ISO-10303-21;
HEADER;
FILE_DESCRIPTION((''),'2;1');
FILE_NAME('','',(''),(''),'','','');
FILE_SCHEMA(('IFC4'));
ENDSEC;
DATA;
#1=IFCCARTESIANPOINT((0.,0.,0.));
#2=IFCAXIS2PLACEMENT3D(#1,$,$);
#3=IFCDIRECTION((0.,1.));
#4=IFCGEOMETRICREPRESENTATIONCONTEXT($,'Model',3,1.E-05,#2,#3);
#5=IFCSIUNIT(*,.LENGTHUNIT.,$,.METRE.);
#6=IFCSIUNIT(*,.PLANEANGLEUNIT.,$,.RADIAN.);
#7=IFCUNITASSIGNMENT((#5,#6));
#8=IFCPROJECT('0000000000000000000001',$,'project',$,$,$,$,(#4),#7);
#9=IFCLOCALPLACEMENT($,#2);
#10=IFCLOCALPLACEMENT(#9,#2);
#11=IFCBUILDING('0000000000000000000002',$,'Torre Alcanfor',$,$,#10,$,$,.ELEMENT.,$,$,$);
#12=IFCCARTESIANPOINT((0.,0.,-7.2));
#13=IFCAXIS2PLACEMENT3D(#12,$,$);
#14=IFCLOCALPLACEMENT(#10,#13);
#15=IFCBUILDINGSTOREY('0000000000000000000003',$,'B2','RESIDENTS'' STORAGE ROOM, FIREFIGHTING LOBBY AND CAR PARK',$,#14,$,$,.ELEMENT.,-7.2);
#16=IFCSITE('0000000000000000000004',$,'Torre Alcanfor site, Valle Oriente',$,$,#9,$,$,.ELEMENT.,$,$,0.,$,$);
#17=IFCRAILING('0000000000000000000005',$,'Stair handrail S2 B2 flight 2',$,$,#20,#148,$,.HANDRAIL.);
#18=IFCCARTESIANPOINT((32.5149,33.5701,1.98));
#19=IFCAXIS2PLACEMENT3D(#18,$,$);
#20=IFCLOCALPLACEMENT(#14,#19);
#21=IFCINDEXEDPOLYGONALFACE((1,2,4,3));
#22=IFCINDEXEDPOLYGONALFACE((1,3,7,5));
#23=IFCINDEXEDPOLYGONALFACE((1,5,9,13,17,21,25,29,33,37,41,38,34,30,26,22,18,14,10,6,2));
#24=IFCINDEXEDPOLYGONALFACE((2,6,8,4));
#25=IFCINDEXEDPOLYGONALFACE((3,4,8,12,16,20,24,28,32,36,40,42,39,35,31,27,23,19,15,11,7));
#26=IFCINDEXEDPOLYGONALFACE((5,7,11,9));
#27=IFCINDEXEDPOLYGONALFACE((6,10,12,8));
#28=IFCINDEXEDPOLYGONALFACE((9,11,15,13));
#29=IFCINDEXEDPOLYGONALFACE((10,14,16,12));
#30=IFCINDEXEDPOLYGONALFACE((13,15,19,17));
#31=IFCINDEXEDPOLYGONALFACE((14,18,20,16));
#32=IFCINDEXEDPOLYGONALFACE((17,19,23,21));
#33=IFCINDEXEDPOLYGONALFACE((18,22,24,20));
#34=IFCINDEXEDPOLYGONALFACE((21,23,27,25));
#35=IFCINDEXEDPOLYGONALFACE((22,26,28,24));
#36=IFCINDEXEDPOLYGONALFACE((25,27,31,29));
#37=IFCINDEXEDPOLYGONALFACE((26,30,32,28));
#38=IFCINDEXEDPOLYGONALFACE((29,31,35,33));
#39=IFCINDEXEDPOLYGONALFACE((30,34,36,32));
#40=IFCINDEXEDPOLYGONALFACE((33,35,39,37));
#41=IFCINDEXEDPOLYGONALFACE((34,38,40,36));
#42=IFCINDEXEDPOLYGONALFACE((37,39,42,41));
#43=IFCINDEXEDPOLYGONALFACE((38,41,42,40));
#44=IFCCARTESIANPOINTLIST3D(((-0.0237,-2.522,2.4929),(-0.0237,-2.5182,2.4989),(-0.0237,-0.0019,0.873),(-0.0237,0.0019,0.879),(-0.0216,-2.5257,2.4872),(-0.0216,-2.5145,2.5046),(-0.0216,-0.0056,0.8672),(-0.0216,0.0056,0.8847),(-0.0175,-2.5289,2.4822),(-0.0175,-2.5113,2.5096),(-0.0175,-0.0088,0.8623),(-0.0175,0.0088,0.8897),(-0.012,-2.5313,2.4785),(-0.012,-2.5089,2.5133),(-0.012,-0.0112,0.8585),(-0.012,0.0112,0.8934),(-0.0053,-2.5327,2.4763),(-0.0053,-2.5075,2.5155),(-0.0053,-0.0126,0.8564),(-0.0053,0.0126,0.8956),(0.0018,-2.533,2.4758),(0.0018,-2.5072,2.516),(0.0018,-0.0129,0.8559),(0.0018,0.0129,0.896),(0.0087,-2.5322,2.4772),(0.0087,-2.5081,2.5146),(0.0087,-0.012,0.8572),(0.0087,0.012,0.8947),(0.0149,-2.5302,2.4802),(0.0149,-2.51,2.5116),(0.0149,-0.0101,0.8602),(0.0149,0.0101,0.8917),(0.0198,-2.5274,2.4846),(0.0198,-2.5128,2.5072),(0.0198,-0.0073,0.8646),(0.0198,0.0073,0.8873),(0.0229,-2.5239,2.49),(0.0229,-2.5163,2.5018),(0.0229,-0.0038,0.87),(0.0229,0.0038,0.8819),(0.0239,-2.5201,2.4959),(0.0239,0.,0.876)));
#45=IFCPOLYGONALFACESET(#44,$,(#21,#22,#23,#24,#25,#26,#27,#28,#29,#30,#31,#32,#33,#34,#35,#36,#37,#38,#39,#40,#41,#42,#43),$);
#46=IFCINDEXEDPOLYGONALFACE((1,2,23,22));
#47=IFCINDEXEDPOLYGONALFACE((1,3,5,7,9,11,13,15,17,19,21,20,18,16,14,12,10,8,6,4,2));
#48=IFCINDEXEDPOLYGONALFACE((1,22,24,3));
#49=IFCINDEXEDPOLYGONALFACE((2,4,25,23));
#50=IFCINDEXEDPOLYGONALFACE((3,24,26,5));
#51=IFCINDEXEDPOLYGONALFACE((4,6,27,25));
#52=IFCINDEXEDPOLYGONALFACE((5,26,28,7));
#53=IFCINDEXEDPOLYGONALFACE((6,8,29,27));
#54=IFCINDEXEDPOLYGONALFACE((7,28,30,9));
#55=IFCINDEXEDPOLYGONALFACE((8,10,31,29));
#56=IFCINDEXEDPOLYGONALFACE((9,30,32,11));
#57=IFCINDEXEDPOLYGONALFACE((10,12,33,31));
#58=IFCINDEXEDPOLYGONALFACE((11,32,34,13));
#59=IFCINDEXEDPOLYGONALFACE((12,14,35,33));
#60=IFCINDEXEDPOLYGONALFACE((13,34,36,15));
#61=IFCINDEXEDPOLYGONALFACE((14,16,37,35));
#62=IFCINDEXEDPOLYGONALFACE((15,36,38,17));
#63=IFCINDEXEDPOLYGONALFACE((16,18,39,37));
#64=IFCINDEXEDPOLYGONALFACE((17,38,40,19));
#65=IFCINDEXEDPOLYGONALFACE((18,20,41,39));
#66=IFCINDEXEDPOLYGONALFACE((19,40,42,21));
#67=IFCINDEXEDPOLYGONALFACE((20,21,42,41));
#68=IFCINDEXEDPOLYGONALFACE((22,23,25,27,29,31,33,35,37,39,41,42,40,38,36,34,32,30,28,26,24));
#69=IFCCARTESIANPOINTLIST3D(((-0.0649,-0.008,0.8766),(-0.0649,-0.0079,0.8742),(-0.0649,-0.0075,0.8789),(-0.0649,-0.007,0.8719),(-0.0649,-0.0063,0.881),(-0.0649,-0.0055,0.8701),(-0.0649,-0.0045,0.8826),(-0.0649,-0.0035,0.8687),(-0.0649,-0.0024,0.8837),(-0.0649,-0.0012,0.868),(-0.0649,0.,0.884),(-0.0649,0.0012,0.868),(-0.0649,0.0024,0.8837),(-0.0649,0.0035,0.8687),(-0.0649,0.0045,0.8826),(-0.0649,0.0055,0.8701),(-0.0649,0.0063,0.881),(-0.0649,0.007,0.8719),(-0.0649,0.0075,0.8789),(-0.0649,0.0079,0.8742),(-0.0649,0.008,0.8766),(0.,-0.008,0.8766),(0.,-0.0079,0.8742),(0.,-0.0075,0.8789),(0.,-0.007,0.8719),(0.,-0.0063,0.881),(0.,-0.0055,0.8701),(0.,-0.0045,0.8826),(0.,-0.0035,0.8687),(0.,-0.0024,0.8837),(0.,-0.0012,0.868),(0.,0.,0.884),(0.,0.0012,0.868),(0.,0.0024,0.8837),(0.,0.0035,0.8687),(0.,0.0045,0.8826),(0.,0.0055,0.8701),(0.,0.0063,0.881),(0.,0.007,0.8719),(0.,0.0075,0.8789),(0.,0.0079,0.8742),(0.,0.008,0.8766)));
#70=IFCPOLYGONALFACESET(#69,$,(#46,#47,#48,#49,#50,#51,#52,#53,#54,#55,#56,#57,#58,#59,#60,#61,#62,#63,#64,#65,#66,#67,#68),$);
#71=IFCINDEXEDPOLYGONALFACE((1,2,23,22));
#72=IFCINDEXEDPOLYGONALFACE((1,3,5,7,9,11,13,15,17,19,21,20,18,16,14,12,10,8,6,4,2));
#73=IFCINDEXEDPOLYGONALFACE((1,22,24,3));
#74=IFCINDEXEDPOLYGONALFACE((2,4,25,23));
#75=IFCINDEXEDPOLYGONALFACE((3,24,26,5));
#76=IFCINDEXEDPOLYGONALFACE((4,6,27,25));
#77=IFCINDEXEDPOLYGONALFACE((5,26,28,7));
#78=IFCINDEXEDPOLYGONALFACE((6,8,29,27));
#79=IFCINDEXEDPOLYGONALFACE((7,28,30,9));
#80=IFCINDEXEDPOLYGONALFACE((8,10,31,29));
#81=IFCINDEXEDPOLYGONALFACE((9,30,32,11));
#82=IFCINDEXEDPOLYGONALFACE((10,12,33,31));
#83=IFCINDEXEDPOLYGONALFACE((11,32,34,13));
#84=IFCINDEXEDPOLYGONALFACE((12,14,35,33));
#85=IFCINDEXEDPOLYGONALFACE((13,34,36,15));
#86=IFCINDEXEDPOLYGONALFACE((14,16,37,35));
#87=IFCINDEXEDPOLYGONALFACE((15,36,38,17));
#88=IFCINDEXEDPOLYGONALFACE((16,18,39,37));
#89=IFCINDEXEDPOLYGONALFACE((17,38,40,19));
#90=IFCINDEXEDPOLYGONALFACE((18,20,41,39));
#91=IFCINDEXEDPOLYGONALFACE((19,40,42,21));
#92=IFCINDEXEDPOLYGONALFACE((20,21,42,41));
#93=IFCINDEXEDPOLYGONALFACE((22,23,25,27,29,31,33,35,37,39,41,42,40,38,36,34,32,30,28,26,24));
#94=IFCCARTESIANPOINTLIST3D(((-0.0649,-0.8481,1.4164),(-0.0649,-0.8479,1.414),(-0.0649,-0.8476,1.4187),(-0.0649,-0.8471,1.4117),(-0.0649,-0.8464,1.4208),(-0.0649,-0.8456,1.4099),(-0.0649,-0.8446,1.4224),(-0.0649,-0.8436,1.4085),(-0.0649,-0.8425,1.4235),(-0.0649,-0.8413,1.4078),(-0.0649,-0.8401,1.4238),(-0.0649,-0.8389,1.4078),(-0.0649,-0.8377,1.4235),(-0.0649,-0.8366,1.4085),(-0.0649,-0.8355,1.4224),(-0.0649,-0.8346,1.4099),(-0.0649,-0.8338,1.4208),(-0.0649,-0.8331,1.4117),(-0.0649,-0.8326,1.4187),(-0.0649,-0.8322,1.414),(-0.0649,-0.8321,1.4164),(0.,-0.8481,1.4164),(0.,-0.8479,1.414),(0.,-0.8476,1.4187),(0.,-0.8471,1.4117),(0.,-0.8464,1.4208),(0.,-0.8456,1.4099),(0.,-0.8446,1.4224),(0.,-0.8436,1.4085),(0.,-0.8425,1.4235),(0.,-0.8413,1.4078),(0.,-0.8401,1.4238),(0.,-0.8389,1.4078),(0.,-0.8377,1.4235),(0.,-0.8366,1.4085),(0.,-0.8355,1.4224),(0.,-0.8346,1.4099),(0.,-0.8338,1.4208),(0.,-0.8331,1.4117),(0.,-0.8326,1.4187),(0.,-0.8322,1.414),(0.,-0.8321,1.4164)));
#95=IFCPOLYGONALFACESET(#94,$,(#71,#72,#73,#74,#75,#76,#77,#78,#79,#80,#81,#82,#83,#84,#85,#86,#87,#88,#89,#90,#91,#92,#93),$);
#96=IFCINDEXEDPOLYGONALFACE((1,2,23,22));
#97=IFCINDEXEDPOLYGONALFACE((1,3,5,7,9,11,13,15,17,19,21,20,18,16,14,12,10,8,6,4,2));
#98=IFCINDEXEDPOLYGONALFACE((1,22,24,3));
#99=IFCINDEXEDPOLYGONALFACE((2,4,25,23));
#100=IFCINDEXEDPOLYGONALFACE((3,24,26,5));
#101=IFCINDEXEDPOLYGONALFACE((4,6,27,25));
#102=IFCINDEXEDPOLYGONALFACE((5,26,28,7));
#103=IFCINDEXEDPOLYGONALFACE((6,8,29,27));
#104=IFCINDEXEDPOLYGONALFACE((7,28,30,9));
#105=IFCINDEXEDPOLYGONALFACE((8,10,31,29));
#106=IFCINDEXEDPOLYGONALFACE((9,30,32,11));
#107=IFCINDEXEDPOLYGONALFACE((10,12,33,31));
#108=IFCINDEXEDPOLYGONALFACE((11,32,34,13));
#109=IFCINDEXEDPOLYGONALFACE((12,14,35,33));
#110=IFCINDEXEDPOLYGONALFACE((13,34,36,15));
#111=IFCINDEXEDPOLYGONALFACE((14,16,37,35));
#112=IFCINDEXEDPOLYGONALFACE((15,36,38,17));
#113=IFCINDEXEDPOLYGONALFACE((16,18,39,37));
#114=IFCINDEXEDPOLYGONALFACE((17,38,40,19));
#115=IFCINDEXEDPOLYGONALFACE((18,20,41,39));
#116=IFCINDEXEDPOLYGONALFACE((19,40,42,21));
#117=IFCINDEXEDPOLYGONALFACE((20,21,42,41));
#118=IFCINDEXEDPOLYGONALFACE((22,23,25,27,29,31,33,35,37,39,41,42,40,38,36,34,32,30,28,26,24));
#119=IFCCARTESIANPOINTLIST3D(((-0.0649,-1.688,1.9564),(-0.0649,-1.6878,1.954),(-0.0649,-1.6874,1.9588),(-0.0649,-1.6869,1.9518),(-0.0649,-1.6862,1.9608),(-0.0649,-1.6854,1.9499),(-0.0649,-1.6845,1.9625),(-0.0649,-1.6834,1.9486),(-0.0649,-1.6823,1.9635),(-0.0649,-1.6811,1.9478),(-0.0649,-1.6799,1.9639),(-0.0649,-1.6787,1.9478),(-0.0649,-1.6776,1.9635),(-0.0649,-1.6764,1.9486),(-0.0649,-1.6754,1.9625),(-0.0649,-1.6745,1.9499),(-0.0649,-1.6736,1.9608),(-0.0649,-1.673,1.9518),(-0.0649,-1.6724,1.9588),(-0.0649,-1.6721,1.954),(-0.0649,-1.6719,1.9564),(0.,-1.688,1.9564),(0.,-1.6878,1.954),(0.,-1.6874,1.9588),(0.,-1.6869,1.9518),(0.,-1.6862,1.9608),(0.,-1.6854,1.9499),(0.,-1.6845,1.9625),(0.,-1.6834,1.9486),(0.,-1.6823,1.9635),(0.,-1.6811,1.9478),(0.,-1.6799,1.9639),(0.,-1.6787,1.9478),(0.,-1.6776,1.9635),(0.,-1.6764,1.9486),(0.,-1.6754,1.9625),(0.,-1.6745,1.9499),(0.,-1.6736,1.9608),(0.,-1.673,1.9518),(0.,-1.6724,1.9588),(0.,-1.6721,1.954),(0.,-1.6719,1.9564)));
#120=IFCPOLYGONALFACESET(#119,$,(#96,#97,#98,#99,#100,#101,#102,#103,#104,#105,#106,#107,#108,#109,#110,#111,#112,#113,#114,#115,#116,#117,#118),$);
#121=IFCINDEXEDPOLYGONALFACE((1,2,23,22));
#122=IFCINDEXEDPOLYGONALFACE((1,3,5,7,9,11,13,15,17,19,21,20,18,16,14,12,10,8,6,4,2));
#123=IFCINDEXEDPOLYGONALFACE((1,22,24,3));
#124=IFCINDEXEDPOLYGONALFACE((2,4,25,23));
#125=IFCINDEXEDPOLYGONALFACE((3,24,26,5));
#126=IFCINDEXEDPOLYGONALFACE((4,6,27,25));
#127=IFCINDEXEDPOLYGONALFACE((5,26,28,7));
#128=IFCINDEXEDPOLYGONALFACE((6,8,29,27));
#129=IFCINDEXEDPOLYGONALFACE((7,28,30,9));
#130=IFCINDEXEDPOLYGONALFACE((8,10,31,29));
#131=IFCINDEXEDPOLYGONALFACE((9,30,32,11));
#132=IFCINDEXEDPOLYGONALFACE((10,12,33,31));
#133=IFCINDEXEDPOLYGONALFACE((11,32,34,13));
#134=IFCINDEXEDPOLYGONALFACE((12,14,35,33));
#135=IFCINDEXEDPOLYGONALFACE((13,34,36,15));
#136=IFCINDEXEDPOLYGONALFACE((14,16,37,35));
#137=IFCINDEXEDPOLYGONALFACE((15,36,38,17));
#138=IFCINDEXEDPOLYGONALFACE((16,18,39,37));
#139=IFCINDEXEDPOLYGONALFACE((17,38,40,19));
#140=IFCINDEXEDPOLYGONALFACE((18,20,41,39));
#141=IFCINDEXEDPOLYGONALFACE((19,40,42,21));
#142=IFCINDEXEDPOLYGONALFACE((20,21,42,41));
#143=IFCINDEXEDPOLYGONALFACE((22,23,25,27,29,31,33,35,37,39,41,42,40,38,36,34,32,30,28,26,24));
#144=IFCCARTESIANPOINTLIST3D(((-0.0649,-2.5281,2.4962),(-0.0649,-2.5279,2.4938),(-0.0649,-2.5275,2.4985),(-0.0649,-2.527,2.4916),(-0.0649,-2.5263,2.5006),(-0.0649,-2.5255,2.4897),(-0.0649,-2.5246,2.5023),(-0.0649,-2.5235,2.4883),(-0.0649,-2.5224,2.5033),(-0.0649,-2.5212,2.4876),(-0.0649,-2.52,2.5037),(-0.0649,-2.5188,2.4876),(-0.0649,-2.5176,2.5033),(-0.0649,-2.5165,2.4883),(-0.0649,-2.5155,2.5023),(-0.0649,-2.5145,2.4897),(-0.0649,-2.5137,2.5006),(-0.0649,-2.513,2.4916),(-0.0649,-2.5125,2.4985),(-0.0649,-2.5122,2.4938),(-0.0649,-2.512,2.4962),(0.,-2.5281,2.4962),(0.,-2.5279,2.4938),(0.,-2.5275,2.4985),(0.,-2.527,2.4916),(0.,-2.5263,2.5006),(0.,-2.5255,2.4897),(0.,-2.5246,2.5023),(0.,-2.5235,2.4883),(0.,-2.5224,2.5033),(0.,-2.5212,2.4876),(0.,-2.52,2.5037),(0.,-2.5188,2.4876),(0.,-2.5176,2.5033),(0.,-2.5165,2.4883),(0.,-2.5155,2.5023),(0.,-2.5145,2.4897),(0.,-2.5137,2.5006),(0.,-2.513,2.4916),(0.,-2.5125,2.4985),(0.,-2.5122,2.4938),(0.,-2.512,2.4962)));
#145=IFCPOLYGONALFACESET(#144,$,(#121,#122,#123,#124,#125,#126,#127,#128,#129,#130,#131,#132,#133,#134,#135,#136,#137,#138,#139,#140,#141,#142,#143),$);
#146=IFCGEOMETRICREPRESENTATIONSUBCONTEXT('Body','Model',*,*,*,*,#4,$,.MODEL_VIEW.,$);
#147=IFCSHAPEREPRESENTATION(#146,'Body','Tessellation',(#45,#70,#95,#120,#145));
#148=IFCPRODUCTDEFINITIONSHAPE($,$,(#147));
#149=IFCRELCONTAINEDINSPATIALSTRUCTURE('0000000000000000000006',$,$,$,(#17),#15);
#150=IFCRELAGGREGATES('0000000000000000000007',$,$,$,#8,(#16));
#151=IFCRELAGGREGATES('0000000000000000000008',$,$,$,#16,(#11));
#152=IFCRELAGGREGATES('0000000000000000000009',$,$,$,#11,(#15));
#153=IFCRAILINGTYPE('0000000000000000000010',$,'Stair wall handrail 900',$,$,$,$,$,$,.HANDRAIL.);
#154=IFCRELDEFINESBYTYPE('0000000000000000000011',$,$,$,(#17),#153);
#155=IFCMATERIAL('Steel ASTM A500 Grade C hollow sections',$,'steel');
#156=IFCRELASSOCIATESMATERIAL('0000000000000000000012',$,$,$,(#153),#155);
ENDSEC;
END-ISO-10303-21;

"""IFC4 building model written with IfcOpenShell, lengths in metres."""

from ifc_helpers import new_model, si_unit, direction, frame, origin, origin_2d, place, context, subcontext, project, spatial, circle, extrude, material, type_object, element, save


model = new_model("IFC4")

# Units and contexts
model_context = context("Model", 3, precision=1e-05, world=origin(), true_north=direction((0.0, 1.0)))
body_context = subcontext(model_context, "Body", "Model", "MODEL_VIEW")
ifc_project = project(units=[si_unit("LENGTHUNIT", "METRE"), si_unit("PLANEANGLEUNIT", "RADIAN")], contexts=[model_context])

# Site, building, storey
site_placement = place(None, origin())
site = spatial("IfcSite", under=ifc_project, at=site_placement, Name="Torre Alcanfor site, Valle Oriente", CompositionType="ELEMENT", RefElevation=0.0)
building_placement = place(site_placement, origin())
building = spatial("IfcBuilding", under=site, at=building_placement, Name="Torre Alcanfor", CompositionType="ELEMENT")
storey_placement = place(building_placement, frame((0.0, 0.0, -7.2)))
storey = spatial("IfcBuildingStorey", under=building, at=storey_placement, Name="B2", Description="RESIDENTS' STORAGE ROOM, FIREFIGHTING LOBBY AND CAR PARK", CompositionType="ELEMENT", Elevation=-7.2)

# Railing
ifc_material_1 = material(Name="Steel ASTM A500 Grade C hollow sections", Category="steel")
railing_type_1 = type_object("IfcRailingType", Name="Stair wall handrail 900", PredefinedType="HANDRAIL", material=ifc_material_1)
railing_1_placement = place(storey_placement, frame((32.5149, 33.5701, 1.98)))
element("IfcRailing", 1, at=railing_1_placement, inside=storey, type_object=railing_type_1, Name="Stair handrail S2 B2 flight 2", PredefinedType="HANDRAIL", context=body_context, shape_type="SweptSolid", body=[
    extrude(circle(Radius=0.0239, at=origin_2d()), frame((0.0, 0.0, 0.876), z_axis=(0.0, -0.8412, 0.540725), x_axis=(1.0, 0.0, 0.0)), (0.0, 0.0, 1.0), 2.9958),
    extrude(circle(Radius=0.0081, at=origin_2d()), frame((0.0, 0.0, 0.876), z_axis=(-1.0, 0.0, 0.0), x_axis=(0.0, 0.0, 1.0)), (0.0, 0.0, 1.0), 0.0649),
    extrude(circle(Radius=0.0081, at=origin_2d()), frame((0.0, -0.8401, 1.4158), z_axis=(-1.0, 0.0, 0.0), x_axis=(0.0, 0.0, 1.0)), (0.0, 0.0, 1.0), 0.0649),
    extrude(circle(Radius=0.0081, at=origin_2d()), frame((0.0, -1.6799, 1.9558), z_axis=(-1.0, 0.0, 0.0), x_axis=(0.0, 0.0, 1.0)), (0.0, 0.0, 1.0), 0.0649),
    extrude(circle(Radius=0.0081, at=origin_2d()), frame((0.0, -2.52, 2.4956), z_axis=(-1.0, 0.0, 0.0), x_axis=(0.0, 0.0, 1.0)), (0.0, 0.0, 1.0), 0.0649),
])

save(model, "model.ifc")
